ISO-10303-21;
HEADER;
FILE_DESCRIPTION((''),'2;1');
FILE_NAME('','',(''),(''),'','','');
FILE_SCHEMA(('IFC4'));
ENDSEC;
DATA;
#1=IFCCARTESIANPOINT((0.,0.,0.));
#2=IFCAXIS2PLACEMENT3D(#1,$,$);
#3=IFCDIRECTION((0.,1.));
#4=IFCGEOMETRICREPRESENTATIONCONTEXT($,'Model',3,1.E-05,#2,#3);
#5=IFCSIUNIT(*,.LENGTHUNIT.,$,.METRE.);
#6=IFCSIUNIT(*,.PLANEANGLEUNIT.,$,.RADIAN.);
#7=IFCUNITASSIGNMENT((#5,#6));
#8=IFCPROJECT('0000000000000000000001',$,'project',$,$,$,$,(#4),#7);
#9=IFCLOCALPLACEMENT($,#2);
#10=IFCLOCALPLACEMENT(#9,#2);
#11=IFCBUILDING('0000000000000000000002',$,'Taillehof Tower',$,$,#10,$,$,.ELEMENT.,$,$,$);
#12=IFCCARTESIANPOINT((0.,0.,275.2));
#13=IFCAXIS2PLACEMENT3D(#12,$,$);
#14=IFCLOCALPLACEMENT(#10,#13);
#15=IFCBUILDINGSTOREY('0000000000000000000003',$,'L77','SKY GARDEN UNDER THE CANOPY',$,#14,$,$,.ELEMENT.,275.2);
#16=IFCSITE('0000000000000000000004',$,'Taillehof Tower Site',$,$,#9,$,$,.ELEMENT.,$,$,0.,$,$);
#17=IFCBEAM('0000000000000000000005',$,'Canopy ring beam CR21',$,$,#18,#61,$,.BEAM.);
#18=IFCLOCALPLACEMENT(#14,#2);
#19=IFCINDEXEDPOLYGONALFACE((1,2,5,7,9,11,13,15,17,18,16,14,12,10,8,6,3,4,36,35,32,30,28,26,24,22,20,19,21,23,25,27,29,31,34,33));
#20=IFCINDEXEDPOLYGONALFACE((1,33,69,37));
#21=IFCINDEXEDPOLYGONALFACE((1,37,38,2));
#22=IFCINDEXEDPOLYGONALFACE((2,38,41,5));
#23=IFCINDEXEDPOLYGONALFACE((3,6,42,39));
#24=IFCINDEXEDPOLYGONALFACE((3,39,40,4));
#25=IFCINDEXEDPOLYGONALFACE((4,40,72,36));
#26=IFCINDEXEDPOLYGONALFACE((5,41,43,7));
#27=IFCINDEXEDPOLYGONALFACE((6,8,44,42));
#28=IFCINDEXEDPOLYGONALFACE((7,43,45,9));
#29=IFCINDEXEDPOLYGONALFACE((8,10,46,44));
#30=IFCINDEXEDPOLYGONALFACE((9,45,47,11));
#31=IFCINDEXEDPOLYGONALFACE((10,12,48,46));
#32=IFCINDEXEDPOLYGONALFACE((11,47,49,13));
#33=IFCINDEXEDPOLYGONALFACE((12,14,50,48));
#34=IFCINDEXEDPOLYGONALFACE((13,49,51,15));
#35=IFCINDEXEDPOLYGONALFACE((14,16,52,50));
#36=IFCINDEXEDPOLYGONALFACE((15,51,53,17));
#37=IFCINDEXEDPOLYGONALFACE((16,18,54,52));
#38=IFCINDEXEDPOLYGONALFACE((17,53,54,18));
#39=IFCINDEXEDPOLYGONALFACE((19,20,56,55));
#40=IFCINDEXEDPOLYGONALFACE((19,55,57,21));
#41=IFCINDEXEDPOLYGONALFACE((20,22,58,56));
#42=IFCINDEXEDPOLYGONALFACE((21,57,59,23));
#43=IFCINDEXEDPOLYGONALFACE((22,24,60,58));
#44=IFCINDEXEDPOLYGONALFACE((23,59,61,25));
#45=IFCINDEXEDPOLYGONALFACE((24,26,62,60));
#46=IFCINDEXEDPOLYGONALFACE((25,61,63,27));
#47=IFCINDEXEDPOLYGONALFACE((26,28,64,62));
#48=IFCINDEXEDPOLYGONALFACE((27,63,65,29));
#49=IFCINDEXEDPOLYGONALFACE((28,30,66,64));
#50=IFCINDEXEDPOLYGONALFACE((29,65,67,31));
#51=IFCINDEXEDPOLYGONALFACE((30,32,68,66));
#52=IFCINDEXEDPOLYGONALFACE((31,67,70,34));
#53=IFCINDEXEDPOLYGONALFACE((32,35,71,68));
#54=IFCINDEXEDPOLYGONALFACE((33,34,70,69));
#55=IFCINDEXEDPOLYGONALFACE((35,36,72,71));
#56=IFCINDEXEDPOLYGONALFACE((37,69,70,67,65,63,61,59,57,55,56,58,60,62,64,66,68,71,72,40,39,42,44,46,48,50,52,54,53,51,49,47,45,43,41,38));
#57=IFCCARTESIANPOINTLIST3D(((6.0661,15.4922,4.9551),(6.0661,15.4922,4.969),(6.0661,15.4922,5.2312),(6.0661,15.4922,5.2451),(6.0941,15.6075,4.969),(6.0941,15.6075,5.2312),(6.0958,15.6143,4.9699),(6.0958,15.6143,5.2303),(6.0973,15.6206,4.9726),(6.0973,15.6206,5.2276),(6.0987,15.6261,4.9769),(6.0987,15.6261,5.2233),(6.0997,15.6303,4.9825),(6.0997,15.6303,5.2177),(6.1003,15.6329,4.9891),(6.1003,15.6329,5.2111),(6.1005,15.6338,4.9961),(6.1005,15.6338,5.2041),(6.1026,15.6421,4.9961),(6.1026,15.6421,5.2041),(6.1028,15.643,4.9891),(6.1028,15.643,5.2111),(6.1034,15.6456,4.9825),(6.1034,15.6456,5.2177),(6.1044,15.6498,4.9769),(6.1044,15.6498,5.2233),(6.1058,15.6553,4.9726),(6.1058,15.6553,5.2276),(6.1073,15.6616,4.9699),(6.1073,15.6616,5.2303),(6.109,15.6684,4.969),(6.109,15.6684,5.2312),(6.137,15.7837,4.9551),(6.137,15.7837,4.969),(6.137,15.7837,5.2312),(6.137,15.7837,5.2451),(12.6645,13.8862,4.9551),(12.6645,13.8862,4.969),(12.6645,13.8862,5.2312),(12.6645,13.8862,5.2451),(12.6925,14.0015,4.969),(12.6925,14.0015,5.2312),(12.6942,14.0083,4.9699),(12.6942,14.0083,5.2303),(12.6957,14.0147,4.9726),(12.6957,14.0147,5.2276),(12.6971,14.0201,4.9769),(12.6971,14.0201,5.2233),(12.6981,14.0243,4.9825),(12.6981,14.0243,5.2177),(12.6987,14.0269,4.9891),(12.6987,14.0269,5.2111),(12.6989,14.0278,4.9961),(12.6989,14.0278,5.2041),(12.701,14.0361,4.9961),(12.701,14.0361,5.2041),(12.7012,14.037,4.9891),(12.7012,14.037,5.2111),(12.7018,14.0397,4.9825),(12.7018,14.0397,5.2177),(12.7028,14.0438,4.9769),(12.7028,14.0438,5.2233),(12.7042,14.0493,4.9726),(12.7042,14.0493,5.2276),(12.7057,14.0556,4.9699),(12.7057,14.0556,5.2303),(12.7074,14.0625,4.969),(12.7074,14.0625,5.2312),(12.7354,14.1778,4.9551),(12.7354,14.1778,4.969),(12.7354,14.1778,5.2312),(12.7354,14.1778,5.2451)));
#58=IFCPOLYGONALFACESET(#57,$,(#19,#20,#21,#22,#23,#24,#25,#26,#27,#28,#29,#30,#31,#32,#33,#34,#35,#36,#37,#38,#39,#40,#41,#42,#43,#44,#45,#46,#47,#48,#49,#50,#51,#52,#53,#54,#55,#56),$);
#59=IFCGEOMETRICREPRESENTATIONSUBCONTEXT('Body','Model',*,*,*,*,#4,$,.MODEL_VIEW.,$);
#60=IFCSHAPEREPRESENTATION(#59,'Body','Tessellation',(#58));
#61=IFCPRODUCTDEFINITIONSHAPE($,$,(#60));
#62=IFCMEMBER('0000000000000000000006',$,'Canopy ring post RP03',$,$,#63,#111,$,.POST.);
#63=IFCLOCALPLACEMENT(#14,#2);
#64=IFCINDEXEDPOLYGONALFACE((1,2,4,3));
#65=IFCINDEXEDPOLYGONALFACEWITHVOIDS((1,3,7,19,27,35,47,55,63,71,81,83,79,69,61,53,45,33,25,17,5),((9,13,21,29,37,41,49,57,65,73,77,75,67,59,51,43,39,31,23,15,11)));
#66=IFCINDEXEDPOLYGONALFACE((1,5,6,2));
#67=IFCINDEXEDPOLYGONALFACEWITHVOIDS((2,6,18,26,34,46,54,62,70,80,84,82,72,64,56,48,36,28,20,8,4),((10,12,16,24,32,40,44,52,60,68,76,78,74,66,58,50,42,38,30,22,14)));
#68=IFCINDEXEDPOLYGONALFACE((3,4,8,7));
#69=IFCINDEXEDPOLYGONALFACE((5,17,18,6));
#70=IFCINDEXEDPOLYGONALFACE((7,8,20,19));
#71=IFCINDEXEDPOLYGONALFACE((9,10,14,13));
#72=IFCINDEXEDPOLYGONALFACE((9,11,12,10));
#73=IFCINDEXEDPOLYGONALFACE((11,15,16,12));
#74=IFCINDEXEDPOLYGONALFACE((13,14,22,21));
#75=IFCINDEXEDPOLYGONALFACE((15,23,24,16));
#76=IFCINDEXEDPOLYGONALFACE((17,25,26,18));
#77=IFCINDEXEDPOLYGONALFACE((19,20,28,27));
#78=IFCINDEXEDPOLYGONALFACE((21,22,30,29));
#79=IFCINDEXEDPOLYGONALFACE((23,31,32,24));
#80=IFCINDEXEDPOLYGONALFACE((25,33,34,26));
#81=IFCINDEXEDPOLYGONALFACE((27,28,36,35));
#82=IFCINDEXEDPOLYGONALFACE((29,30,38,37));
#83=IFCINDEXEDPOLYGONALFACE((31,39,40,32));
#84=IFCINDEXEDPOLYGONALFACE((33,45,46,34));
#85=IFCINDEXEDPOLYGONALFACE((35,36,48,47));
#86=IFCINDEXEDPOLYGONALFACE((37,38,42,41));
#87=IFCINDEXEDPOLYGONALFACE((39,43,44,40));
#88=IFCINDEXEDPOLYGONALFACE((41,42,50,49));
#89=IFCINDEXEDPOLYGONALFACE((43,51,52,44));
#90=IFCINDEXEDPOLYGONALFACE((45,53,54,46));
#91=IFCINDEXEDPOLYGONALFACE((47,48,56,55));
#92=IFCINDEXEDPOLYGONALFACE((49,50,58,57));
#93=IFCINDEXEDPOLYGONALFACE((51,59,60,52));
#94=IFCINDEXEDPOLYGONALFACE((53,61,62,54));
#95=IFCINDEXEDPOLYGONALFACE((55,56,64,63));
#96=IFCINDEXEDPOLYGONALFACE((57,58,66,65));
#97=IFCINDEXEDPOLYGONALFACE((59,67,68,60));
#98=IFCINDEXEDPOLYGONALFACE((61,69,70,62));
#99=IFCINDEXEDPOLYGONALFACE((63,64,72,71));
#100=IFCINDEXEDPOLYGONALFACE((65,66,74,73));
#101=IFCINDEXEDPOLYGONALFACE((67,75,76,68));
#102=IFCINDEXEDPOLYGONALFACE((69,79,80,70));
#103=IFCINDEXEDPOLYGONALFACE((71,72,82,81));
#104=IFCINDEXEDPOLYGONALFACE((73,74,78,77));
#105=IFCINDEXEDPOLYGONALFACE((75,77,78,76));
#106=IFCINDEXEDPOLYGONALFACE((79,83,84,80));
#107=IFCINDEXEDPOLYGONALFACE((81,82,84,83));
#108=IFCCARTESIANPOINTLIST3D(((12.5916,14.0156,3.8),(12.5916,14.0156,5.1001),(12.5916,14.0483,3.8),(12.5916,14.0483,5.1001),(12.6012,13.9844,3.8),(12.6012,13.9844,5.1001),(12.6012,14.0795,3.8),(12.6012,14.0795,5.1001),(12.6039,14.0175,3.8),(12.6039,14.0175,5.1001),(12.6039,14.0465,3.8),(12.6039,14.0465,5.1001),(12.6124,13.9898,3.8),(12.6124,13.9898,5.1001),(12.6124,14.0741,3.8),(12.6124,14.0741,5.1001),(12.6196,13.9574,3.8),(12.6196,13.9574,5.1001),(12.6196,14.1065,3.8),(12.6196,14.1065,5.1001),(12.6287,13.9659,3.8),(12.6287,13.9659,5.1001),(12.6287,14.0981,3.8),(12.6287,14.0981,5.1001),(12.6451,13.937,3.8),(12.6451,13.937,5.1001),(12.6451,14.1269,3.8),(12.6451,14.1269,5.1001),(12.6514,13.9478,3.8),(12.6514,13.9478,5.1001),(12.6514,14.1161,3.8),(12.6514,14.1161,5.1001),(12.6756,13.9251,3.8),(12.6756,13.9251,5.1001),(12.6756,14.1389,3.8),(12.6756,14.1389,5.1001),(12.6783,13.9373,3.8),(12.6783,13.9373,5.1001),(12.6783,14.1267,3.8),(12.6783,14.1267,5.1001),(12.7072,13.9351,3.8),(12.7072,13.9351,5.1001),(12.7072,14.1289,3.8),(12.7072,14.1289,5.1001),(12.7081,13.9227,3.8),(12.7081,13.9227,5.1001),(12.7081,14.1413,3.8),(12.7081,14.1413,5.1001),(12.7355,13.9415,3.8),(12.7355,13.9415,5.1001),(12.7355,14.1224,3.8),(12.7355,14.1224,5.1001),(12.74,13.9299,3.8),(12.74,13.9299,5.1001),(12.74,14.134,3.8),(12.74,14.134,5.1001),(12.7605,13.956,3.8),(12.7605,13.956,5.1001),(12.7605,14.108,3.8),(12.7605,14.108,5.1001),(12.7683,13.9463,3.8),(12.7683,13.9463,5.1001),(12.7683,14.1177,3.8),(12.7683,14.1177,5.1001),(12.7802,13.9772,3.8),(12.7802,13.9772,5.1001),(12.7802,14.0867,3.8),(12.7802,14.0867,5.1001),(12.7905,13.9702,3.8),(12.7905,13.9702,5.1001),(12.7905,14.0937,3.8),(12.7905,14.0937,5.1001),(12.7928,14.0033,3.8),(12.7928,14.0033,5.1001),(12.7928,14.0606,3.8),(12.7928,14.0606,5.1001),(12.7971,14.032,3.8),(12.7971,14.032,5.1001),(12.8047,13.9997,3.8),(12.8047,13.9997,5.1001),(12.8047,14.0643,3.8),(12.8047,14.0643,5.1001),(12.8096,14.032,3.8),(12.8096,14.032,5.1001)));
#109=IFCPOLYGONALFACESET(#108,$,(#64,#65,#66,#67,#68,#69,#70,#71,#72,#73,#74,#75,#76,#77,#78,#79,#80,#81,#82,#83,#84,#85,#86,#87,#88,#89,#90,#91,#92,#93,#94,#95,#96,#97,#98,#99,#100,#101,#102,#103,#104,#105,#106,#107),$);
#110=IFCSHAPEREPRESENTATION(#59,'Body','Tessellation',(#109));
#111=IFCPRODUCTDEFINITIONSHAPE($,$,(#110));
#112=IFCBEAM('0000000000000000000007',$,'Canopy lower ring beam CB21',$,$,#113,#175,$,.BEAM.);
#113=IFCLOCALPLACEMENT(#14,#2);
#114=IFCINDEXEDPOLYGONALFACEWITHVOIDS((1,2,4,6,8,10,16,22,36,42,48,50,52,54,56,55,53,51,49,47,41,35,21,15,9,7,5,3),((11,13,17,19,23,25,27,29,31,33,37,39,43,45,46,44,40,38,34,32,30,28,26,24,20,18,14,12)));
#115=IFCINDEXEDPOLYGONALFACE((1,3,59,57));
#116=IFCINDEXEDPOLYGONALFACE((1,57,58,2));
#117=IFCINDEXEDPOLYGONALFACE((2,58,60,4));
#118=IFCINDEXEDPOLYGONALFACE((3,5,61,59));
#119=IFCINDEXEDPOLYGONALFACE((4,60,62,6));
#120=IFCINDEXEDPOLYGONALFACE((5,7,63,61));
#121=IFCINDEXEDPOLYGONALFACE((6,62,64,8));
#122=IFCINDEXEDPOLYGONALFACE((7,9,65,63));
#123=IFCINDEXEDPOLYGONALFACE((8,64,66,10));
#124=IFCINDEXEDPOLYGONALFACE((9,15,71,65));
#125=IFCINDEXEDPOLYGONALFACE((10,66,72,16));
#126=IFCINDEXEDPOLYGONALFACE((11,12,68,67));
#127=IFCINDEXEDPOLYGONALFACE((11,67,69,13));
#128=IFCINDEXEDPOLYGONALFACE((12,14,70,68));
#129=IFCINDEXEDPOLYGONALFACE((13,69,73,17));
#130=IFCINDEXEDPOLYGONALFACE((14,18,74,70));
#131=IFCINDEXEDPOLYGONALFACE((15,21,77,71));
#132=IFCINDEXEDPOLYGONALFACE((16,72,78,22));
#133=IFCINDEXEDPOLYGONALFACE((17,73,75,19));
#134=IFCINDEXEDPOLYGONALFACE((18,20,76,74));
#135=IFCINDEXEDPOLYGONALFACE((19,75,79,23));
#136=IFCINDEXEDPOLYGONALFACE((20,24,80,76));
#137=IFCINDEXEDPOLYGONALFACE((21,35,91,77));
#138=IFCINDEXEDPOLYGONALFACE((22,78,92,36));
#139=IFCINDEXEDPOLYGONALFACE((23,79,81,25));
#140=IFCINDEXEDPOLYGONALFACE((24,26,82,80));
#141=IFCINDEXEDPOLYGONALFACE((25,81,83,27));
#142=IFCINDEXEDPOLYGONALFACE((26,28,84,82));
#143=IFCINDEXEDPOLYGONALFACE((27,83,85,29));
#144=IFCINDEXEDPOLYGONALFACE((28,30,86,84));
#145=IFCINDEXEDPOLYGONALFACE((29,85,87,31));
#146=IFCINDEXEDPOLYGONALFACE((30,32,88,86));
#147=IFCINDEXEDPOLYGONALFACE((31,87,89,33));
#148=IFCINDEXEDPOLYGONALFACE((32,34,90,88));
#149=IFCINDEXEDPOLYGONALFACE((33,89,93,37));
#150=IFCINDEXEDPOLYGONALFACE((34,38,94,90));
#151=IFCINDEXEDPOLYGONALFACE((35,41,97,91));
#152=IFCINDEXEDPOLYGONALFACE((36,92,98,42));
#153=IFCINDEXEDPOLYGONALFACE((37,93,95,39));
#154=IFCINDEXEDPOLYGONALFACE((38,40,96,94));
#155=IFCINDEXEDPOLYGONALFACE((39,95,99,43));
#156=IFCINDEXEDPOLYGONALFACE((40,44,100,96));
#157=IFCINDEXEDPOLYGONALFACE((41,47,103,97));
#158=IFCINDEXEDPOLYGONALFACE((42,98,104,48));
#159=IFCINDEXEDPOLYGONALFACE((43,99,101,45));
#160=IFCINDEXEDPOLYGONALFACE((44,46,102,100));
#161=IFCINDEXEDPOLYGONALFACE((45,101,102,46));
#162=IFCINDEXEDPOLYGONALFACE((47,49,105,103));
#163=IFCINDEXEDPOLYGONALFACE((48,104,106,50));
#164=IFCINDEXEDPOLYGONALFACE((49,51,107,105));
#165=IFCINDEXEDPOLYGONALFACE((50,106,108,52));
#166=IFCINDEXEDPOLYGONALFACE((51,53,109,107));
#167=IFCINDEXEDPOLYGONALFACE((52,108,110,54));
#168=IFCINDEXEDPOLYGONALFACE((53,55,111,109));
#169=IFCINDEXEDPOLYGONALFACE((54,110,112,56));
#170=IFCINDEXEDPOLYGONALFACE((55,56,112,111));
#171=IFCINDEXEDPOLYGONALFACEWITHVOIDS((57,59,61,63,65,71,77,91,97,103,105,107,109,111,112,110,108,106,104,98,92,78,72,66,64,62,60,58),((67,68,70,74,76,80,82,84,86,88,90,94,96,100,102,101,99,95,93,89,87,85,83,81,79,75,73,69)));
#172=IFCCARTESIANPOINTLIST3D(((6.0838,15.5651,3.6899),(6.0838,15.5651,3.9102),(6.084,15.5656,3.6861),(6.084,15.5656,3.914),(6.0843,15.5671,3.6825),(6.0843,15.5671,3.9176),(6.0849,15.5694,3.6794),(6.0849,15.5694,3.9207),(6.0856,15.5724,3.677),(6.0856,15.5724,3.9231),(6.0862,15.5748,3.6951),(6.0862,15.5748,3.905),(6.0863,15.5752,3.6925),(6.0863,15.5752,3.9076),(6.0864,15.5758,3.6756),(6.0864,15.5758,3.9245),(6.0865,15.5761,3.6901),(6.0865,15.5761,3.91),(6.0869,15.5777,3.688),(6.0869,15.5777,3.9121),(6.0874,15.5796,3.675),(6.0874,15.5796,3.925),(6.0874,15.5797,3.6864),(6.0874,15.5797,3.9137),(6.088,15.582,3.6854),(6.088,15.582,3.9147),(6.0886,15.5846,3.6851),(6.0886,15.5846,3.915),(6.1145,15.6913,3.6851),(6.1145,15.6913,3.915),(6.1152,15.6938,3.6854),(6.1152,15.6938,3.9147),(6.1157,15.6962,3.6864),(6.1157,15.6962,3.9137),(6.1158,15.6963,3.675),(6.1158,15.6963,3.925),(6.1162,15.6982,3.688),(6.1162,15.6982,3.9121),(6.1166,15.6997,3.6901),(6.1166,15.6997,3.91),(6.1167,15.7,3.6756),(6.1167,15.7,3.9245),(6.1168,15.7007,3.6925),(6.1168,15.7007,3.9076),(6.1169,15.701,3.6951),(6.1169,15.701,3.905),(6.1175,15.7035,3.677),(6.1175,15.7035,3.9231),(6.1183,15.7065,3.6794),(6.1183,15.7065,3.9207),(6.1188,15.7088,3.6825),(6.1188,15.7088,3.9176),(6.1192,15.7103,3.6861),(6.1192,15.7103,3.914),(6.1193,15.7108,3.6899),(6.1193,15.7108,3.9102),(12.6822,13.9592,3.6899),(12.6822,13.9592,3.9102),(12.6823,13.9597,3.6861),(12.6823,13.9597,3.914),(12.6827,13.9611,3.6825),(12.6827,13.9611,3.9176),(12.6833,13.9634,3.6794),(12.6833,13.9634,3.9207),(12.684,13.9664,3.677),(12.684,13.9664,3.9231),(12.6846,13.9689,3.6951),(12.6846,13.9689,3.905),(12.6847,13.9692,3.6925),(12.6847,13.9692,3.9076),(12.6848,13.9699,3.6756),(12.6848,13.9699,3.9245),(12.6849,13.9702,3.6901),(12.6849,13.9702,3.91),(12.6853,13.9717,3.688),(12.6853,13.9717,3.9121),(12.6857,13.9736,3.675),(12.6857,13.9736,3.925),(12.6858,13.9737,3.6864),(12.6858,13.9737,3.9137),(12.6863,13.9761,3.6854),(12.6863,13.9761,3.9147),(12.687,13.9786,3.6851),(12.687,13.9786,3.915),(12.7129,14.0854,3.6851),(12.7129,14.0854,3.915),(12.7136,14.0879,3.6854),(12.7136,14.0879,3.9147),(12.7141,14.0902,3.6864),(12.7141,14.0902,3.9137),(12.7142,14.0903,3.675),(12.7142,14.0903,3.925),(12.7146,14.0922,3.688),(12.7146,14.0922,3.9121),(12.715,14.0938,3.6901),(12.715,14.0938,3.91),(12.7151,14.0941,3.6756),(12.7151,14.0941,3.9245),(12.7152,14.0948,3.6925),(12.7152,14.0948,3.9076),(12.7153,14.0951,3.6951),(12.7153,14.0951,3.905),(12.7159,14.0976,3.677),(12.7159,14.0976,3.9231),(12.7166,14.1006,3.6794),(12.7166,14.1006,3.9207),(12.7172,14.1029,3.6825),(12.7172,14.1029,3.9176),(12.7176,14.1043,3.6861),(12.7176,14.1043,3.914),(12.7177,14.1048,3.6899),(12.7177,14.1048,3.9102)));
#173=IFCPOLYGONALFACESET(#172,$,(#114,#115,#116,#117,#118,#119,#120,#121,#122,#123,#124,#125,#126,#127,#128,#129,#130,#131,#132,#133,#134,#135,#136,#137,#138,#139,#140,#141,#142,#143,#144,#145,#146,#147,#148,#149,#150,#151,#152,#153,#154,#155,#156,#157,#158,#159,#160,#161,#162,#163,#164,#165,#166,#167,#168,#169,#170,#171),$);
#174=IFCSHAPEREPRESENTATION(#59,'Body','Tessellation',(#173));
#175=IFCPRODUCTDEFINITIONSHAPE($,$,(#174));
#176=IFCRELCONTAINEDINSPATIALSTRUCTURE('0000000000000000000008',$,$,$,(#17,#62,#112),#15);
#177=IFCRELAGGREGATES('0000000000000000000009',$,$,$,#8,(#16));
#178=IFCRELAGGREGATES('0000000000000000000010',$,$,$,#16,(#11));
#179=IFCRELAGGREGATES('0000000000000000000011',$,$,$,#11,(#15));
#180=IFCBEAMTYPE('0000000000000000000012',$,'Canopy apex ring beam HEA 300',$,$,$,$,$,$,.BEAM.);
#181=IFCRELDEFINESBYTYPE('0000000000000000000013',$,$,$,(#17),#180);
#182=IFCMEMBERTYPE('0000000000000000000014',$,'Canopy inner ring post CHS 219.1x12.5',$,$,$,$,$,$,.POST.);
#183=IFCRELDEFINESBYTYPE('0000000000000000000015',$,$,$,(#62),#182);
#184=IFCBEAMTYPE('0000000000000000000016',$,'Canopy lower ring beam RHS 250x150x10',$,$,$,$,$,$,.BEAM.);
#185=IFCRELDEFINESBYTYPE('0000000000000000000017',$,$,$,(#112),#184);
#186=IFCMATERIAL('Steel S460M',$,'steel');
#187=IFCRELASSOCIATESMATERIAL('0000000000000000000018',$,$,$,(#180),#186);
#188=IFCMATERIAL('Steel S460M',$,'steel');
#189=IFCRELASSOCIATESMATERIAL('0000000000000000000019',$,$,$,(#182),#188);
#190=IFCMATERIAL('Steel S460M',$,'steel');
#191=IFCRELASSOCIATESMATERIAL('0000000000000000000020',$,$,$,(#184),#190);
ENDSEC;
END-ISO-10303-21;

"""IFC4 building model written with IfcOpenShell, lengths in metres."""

from ifc_helpers import new_model, si_unit, direction, frame, origin, origin_2d, place, context, subcontext, project, spatial, hollow_rectangle, hollow_circle, i_section, extrude, material, material_profile, profile_set, type_object, element, save


model = new_model("IFC4")

# Units and contexts
model_context = context("Model", 3, precision=1e-05, world=origin(), true_north=direction((0.0, 1.0)))
body_context = subcontext(model_context, "Body", "Model", "MODEL_VIEW")
ifc_project = project(units=[si_unit("LENGTHUNIT", "METRE"), si_unit("PLANEANGLEUNIT", "RADIAN")], contexts=[model_context])

# Site, building, storey
site_placement = place(None, origin())
site = spatial("IfcSite", under=ifc_project, at=site_placement, Name="Taillehof Tower Site", CompositionType="ELEMENT", RefElevation=0.0)
building_placement = place(site_placement, origin())
building = spatial("IfcBuilding", under=site, at=building_placement, Name="Taillehof Tower", CompositionType="ELEMENT")
storey_placement = place(building_placement, frame((0.0, 0.0, 275.2)))
storey = spatial("IfcBuildingStorey", under=building, at=storey_placement, Name="L77", Description="SKY GARDEN UNDER THE CANOPY", CompositionType="ELEMENT", Elevation=275.2)

# Beam
ifc_material_1 = material(Name="Steel S460M", Category="steel")
ifc_material_profile_1 = material_profile(ifc_material_1, i_section(OverallWidth=0.3, OverallDepth=0.29, WebThickness=0.0085, FlangeThickness=0.0139, FilletRadius=0.0271, at=origin_2d()), Name="HEA 300")
ifc_profile_set_1 = profile_set([ifc_material_profile_1], Name="Steel S460M")
beam_type_1 = type_object("IfcBeamType", Name="Canopy apex ring beam HEA 300", PredefinedType="BEAM", material=ifc_profile_set_1)
beam_1_placement = place(storey_placement, frame((12.7, 14.032, 5.1001), z_axis=(-0.971636, 0.236483, 0.0), x_axis=(-0.236483, -0.971636, 0.0)))
element("IfcBeam", 1, at=beam_1_placement, inside=storey, type_object=beam_type_1, Name="Canopy ring beam CR21", PredefinedType="BEAM", context=body_context, shape_type="SweptSolid", body=[
    extrude(i_section(OverallWidth=0.3, OverallDepth=0.29, WebThickness=0.0085, FlangeThickness=0.0139, FilletRadius=0.0271, at=origin_2d()), origin(), (0.0, 0.0, 1.0), 6.791),
])

# Member
ifc_material_2 = material(Name="Steel S460M", Category="steel")
ifc_material_profile_2 = material_profile(ifc_material_2, hollow_circle(Radius=0.1096, WallThickness=0.0125, at=origin_2d()), Name="CHS 219.1x12.5")
ifc_profile_set_2 = profile_set([ifc_material_profile_2], Name="Steel S460M")
member_type_1 = type_object("IfcMemberType", Name="Canopy inner ring post CHS 219.1x12.5", PredefinedType="POST", material=ifc_profile_set_2)
member_1_placement = place(storey_placement, frame((12.7, 14.032, 3.8), z_axis=(0.0, 0.0, 1.0), x_axis=(1.0, 0.0, 0.0)))
element("IfcMember", 2, at=member_1_placement, inside=storey, type_object=member_type_1, Name="Canopy ring post RP03", PredefinedType="POST", context=body_context, shape_type="SweptSolid", body=[
    extrude(hollow_circle(Radius=0.1096, WallThickness=0.0125, at=origin_2d()), origin(), (0.0, 0.0, 1.0), 1.3),
])

# Beam
ifc_material_3 = material(Name="Steel S460M", Category="steel")
ifc_material_profile_3 = material_profile(ifc_material_3, hollow_rectangle(XDim=0.1499, YDim=0.25, WallThickness=0.01, InnerFilletRadius=0.01, OuterFilletRadius=0.0149, at=origin_2d()), Name="RHS 250x150x10")
ifc_profile_set_3 = profile_set([ifc_material_profile_3], Name="Steel S460M")
beam_type_2 = type_object("IfcBeamType", Name="Canopy lower ring beam RHS 250x150x10", PredefinedType="BEAM", material=ifc_profile_set_3)
beam_2_placement = place(storey_placement, frame((12.7, 14.032, 3.8), z_axis=(-0.971636, 0.236483, 0.0), x_axis=(-0.236483, -0.971636, 0.0)))
element("IfcBeam", 3, at=beam_2_placement, inside=storey, type_object=beam_type_2, Name="Canopy lower ring beam CB21", PredefinedType="BEAM", context=body_context, shape_type="SweptSolid", body=[
    extrude(hollow_rectangle(XDim=0.1499, YDim=0.25, WallThickness=0.01, InnerFilletRadius=0.01, OuterFilletRadius=0.0149, at=origin_2d()), origin(), (0.0, 0.0, 1.0), 6.791),
])

save(model, "model.ifc")
